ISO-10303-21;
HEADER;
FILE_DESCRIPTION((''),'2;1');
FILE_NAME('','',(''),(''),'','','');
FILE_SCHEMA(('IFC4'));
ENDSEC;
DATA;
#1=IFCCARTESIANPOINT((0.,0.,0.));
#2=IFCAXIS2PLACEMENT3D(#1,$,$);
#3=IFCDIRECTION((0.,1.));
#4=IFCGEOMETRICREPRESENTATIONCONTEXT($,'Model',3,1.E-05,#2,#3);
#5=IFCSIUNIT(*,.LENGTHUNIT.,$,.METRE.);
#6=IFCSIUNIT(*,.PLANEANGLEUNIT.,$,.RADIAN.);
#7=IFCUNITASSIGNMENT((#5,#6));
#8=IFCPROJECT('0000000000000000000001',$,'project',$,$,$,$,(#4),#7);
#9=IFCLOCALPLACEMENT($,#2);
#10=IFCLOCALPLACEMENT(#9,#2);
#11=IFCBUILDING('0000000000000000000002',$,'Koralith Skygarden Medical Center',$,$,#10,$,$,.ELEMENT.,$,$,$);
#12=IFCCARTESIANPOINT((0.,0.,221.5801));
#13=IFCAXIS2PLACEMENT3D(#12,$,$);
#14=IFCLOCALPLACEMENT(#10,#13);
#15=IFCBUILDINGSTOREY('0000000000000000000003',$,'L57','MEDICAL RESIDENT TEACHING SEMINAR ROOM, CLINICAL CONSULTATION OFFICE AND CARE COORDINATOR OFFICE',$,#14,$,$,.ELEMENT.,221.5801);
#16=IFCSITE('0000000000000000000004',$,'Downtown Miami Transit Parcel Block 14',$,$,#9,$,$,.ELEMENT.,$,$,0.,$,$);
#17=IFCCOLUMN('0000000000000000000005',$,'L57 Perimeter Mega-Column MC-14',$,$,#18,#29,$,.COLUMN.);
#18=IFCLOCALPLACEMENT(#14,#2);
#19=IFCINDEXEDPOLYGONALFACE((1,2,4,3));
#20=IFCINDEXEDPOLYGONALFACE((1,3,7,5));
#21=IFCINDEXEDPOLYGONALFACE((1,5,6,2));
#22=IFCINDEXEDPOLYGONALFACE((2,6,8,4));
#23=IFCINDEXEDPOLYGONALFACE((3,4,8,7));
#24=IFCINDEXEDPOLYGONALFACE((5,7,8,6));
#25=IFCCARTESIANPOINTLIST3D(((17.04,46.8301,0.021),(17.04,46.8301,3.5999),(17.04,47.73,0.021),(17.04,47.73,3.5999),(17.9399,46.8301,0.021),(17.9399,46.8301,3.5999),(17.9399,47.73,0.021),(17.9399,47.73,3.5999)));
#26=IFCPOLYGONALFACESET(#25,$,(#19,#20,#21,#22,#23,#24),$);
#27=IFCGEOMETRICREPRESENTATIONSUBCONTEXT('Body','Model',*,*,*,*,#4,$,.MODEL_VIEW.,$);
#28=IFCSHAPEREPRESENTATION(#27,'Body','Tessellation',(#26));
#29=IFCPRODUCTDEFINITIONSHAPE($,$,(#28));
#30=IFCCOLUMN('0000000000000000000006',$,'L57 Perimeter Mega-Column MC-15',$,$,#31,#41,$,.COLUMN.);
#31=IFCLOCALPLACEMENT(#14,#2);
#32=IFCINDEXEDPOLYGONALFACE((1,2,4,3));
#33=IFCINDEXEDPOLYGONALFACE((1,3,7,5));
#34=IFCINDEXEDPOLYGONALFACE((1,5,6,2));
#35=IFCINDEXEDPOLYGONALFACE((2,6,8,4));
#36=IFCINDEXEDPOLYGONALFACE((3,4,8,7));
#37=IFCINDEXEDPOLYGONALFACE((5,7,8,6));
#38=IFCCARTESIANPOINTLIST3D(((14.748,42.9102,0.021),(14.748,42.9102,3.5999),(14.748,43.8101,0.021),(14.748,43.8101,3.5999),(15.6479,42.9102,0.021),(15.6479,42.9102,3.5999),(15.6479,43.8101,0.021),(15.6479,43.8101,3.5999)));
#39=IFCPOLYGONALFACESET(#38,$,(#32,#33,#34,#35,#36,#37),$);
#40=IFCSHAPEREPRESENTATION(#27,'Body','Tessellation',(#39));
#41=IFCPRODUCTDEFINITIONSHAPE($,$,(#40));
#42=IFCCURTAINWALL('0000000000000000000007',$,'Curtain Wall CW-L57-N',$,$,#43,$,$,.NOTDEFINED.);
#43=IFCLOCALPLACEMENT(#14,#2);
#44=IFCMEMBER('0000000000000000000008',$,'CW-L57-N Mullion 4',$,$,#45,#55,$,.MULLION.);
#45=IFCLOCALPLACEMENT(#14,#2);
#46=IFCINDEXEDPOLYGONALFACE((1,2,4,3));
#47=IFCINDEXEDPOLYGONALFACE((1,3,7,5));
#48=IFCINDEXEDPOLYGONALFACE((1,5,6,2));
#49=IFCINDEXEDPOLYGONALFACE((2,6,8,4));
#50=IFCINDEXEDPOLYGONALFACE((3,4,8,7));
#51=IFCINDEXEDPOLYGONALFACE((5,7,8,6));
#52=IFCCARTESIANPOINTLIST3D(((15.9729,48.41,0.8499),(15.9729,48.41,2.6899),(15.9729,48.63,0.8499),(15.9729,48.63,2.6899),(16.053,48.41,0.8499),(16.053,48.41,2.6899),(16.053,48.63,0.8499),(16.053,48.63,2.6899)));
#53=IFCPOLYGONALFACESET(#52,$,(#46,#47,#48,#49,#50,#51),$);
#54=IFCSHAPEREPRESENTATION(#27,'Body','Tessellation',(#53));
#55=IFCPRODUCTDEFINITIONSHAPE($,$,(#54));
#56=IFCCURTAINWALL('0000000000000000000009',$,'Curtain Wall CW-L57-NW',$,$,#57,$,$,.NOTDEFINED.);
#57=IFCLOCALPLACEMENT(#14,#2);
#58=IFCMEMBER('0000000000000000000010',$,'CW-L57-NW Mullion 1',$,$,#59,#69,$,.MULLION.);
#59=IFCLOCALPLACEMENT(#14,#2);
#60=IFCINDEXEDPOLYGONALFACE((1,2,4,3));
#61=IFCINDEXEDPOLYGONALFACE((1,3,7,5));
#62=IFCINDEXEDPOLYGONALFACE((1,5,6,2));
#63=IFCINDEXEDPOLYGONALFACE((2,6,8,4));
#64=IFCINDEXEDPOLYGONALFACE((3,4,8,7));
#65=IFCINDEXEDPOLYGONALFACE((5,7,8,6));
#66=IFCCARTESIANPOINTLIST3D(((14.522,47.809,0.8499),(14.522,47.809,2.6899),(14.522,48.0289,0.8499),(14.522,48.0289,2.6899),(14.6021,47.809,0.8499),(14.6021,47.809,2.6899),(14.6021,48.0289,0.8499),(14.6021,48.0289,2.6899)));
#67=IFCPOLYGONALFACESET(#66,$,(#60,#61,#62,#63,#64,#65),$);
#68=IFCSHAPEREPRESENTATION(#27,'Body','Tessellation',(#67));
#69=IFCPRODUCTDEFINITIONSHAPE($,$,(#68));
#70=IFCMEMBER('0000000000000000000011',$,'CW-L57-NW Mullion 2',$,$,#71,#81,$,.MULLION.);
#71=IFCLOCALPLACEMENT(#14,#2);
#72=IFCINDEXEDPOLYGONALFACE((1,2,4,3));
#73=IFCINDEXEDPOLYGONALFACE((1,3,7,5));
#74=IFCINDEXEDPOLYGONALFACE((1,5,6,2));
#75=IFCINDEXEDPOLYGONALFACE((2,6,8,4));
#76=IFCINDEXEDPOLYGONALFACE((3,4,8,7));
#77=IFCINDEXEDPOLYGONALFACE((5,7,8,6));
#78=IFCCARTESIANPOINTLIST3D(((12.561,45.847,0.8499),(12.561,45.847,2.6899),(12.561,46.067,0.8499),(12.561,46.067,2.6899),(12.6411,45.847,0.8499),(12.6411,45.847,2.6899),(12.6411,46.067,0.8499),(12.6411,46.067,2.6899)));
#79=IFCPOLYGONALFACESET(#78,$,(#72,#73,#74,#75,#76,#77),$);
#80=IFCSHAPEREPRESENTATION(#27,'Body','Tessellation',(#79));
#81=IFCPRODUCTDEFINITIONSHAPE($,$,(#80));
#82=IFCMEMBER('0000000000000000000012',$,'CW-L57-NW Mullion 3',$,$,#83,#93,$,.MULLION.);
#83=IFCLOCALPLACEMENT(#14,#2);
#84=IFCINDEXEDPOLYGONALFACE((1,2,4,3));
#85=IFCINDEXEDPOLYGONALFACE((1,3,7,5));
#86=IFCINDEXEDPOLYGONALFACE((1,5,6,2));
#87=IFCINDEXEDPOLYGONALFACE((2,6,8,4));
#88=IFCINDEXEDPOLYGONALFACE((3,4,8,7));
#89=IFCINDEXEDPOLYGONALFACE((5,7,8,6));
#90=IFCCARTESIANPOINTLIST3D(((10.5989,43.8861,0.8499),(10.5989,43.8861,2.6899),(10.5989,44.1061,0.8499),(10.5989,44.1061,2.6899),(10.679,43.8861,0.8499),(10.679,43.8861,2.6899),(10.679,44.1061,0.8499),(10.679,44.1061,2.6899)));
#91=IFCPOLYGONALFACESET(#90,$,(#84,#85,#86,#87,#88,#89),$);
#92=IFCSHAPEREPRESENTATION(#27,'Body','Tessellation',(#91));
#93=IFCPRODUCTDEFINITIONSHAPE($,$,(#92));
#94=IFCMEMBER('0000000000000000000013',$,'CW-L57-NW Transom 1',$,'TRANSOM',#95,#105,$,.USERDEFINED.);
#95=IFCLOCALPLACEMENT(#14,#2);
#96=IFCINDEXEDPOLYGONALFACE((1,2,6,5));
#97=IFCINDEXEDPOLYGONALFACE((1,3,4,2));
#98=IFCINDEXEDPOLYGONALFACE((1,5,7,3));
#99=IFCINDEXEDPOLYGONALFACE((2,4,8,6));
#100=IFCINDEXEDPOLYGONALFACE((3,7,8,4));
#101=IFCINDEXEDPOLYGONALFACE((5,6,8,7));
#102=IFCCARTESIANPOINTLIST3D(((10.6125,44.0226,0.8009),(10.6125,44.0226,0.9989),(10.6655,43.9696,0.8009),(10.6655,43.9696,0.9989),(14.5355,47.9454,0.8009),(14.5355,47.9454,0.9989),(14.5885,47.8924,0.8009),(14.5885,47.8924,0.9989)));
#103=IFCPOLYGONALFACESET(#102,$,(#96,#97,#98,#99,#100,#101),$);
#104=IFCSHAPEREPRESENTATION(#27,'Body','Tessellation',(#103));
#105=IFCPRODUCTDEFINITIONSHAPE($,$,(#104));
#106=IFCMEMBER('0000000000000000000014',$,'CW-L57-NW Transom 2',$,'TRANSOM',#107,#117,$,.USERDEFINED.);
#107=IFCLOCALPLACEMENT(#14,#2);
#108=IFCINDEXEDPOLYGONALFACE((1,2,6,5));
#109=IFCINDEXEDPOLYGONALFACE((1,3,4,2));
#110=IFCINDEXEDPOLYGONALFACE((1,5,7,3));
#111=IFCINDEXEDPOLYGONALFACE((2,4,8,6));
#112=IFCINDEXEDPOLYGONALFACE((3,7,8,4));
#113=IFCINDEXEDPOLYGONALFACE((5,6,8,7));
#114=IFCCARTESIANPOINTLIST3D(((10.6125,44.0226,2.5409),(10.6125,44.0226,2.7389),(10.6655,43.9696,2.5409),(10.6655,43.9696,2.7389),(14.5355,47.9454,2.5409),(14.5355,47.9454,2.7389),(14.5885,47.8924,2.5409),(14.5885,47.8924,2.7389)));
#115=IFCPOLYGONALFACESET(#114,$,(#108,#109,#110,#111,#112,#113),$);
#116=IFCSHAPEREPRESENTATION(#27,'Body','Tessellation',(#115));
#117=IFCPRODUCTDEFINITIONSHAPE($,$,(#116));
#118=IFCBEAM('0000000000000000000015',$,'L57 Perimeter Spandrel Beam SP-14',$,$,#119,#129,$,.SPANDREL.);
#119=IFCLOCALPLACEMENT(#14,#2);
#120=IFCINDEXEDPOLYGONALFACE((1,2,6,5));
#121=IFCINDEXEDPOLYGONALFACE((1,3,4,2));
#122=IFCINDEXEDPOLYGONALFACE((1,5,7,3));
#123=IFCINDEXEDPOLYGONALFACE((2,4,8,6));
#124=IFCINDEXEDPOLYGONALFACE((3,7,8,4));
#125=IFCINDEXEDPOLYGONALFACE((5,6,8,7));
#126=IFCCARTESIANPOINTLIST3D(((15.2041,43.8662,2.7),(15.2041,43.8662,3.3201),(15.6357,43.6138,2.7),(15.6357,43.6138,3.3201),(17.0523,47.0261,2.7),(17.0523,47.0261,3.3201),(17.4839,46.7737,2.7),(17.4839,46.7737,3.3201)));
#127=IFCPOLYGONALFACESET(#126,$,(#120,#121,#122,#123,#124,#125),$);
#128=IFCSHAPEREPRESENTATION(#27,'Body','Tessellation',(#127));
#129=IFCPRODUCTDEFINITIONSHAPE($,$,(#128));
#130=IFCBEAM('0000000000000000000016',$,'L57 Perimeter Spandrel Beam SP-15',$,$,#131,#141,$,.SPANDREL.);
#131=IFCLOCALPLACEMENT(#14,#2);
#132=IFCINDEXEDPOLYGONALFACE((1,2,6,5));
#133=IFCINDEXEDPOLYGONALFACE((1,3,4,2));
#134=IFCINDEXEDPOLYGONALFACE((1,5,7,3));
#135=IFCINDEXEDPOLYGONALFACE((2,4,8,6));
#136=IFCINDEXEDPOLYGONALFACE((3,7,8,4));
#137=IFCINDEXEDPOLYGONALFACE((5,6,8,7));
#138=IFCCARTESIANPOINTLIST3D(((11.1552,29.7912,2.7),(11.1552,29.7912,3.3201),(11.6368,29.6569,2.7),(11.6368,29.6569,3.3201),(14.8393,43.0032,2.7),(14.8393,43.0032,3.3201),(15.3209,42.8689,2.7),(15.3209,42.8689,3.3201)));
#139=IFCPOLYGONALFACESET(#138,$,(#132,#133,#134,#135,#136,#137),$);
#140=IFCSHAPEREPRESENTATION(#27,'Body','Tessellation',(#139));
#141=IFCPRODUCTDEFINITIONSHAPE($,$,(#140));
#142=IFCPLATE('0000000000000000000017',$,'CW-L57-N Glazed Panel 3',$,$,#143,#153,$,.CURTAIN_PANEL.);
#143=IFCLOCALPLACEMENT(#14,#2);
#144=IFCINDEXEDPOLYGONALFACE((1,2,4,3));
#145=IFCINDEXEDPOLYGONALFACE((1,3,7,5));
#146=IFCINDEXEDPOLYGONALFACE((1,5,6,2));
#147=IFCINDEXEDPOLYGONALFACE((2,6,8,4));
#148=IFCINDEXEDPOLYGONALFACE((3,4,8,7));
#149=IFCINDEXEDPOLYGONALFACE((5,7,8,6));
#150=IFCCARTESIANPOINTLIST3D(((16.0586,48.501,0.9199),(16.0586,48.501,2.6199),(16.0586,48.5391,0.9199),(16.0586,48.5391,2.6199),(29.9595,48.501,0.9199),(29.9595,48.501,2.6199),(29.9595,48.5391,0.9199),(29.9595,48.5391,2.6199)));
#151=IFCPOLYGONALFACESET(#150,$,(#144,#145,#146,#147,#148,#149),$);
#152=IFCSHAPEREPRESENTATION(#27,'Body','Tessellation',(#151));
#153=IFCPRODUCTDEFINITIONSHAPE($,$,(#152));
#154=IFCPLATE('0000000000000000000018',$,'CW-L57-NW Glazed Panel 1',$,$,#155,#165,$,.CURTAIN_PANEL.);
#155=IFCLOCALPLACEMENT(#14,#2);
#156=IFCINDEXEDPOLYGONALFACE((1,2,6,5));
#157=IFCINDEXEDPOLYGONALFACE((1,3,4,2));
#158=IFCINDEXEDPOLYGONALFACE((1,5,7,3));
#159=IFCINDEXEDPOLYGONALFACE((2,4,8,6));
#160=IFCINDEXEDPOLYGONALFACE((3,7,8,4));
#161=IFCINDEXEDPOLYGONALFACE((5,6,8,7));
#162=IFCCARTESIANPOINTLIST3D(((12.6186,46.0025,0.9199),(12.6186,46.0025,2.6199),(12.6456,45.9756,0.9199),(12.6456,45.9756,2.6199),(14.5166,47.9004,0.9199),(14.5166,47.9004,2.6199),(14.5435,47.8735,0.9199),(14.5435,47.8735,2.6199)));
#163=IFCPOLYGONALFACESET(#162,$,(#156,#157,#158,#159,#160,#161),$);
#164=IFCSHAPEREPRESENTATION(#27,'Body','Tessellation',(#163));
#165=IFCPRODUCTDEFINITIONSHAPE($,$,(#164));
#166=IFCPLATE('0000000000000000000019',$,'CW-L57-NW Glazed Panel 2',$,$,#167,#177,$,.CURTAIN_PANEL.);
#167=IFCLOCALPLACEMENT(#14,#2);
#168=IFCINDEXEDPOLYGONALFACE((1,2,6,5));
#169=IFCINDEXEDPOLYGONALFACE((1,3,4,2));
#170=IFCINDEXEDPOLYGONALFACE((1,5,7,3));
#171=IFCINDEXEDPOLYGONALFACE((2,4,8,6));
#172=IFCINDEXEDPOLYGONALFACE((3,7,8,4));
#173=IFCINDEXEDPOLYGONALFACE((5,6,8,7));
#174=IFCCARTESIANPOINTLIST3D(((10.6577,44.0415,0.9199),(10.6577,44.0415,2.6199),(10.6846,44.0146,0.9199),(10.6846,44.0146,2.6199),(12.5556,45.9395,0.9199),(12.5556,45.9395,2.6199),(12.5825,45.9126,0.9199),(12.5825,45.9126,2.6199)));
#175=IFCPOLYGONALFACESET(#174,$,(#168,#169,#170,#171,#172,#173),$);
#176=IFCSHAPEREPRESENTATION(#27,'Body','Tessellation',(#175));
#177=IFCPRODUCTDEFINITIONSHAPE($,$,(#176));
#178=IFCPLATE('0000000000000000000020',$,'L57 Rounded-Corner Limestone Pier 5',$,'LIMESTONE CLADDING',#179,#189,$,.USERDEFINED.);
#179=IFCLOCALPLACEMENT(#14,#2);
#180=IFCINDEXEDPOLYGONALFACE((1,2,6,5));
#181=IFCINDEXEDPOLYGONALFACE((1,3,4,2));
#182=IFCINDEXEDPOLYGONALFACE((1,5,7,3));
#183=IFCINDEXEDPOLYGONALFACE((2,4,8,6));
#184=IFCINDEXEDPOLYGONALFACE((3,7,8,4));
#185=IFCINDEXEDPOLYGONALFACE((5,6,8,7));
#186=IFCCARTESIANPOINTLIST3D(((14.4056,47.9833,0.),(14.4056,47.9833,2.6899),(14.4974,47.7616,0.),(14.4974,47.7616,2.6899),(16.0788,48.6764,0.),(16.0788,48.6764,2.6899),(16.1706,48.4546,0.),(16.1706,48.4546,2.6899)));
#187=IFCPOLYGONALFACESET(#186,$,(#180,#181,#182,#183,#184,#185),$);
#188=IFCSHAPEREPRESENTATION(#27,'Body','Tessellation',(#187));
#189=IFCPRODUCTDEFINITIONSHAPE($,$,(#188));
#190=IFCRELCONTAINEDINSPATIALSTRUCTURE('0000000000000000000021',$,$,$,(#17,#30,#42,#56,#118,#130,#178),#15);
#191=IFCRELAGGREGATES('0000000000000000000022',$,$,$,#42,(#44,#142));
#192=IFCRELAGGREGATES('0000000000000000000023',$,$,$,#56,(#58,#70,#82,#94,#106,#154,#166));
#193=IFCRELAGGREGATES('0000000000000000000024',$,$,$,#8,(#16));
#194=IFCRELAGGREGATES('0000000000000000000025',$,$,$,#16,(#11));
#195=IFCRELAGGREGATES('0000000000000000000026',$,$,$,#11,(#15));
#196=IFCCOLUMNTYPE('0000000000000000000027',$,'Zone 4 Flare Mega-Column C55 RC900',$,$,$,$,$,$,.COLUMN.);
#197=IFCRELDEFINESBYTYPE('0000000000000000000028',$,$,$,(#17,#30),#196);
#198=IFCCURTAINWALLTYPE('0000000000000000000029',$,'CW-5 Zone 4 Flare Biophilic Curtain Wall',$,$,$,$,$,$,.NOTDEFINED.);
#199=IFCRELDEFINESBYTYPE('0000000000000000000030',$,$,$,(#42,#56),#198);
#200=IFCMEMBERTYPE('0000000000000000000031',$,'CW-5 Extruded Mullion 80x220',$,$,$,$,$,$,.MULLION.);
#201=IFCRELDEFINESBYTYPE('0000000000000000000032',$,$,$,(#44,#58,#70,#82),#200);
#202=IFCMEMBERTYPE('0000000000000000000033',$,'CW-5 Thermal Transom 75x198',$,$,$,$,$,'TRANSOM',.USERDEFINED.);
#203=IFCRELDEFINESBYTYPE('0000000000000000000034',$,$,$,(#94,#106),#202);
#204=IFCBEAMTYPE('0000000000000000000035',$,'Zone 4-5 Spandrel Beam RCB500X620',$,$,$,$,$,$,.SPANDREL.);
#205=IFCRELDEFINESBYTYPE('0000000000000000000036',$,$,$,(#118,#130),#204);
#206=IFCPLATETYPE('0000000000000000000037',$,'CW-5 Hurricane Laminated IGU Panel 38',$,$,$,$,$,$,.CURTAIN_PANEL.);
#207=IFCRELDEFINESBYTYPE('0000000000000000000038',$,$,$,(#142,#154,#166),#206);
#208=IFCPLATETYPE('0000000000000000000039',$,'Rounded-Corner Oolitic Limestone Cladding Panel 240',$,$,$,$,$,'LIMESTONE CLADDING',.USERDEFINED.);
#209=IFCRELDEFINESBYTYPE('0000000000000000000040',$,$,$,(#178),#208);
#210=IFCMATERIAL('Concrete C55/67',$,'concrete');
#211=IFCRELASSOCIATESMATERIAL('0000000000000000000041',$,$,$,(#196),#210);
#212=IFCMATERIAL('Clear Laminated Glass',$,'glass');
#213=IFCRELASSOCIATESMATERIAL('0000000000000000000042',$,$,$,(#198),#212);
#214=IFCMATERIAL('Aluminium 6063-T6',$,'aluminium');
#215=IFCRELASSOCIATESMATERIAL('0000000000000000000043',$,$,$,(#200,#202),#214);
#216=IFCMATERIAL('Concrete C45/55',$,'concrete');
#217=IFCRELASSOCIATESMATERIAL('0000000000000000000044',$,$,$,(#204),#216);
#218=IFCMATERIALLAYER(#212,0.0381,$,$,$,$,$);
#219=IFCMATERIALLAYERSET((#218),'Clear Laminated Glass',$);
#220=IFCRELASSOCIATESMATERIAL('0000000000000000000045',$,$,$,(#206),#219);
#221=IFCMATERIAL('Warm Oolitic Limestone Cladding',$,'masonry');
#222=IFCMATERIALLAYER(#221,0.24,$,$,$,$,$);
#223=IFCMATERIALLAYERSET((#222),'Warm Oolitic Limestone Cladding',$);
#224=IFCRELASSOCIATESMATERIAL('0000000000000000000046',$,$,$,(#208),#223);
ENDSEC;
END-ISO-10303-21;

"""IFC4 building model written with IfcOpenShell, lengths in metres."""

from ifc_helpers import new_model, si_unit, direction, frame, origin, origin_2d, place, context, subcontext, project, spatial, rectangle, extrude, material, layer, layer_set, material_profile, profile_set, type_object, element, aggregate, save


model = new_model("IFC4")

# Units and contexts
model_context = context("Model", 3, precision=1e-05, world=origin(), true_north=direction((0.0, 1.0)))
body_context = subcontext(model_context, "Body", "Model", "MODEL_VIEW")
ifc_project = project(units=[si_unit("LENGTHUNIT", "METRE"), si_unit("PLANEANGLEUNIT", "RADIAN")], contexts=[model_context])

# Site, building, storey
site_placement = place(None, origin())
site = spatial("IfcSite", under=ifc_project, at=site_placement, Name="Downtown Miami Transit Parcel Block 14", CompositionType="ELEMENT", RefElevation=0.0)
building_placement = place(site_placement, origin())
building = spatial("IfcBuilding", under=site, at=building_placement, Name="Koralith Skygarden Medical Center", CompositionType="ELEMENT")
storey_placement = place(building_placement, frame((0.0, 0.0, 221.5801)))
storey = spatial("IfcBuildingStorey", under=building, at=storey_placement, Name="L57", Description="MEDICAL RESIDENT TEACHING SEMINAR ROOM, CLINICAL CONSULTATION OFFICE AND CARE COORDINATOR OFFICE", CompositionType="ELEMENT", Elevation=221.5801)

# Columns
ifc_material_1 = material(Name="Concrete C55/67", Category="concrete")
ifc_material_profile_1 = material_profile(ifc_material_1, rectangle(XDim=0.8999, YDim=0.8999, at=origin_2d()), Name="RC900X900")
ifc_profile_set_1 = profile_set([ifc_material_profile_1], Name="Concrete C55/67")
column_type = type_object("IfcColumnType", Name="Zone 4 Flare Mega-Column C55 RC900", PredefinedType="COLUMN", material=ifc_profile_set_1)
for number, where, z_axis, x_axis, name in (
    (1, (17.49, 47.28, 0.021), (0.0, 0.0, 1.0), (1.0, 0.0, 0.0), "L57 Perimeter Mega-Column MC-14"),
    (2, (15.198, 43.3601, 0.021), (0.0, 0.0, 1.0), (1.0, 0.0, 0.0), "L57 Perimeter Mega-Column MC-15"),
):
    element("IfcColumn", number, at=place(storey_placement, frame(where, z_axis=z_axis, x_axis=x_axis)), inside=storey, type_object=column_type, Name=name, PredefinedType="COLUMN", context=body_context, shape_type="SweptSolid", body=[
        extrude(rectangle(XDim=0.8999, YDim=0.8999, at=origin_2d()), origin(), (0.0, 0.0, 1.0), 3.5789),
    ])

# Curtain wall, member
ifc_material_2 = material(Name="Clear Laminated Glass", Category="glass")
curtain_wall_type = type_object("IfcCurtainWallType", Name="CW-5 Zone 4 Flare Biophilic Curtain Wall", PredefinedType="NOTDEFINED", material=ifc_material_2)
curtain_wall_1_placement = place(storey_placement, origin())
curtain_wall_1 = element("IfcCurtainWall", 3, at=curtain_wall_1_placement, inside=storey, type_object=curtain_wall_type, Name="Curtain Wall CW-L57-N", PredefinedType="NOTDEFINED")
ifc_material_3 = material(Name="Aluminium 6063-T6", Category="aluminium")
ifc_material_profile_2 = material_profile(ifc_material_3, rectangle(XDim=0.0801, YDim=0.22, at=origin_2d()), Name="MUL80X220")
ifc_profile_set_2 = profile_set([ifc_material_profile_2], Name="Aluminium 6063-T6")
member_type_1 = type_object("IfcMemberType", Name="CW-5 Extruded Mullion 80x220", PredefinedType="MULLION", material=ifc_profile_set_2)
member_1_placement = place(storey_placement, frame((16.0129, 48.52, 0.8499), z_axis=(0.0, 0.0, 1.0), x_axis=(1.0, 0.0, 0.0)))
member_1 = element("IfcMember", 4, at=member_1_placement, type_object=member_type_1, Name="CW-L57-N Mullion 4", PredefinedType="MULLION", context=body_context, shape_type="SweptSolid", body=[
    extrude(rectangle(XDim=0.0801, YDim=0.22, at=origin_2d()), origin(), (0.0, 0.0, 1.0), 1.8401),
])

# Curtain wall, members
curtain_wall_2_placement = place(storey_placement, origin())
curtain_wall_2 = element("IfcCurtainWall", 5, at=curtain_wall_2_placement, inside=storey, type_object=curtain_wall_type, Name="Curtain Wall CW-L57-NW", PredefinedType="NOTDEFINED")
member_2_placement = place(storey_placement, frame((14.562, 47.9189, 0.8499), z_axis=(0.0, 0.0, 1.0), x_axis=(1.0, 0.0, 0.0)))
member_2 = element("IfcMember", 6, at=member_2_placement, type_object=member_type_1, Name="CW-L57-NW Mullion 1", PredefinedType="MULLION", context=body_context, shape_type="SweptSolid", body=[
    extrude(rectangle(XDim=0.0801, YDim=0.22, at=origin_2d()), origin(), (0.0, 0.0, 1.0), 1.8401),
])
member_3_placement = place(storey_placement, frame((12.6011, 45.957, 0.8499), z_axis=(0.0, 0.0, 1.0), x_axis=(1.0, 0.0, 0.0)))
member_3 = element("IfcMember", 7, at=member_3_placement, type_object=member_type_1, Name="CW-L57-NW Mullion 2", PredefinedType="MULLION", context=body_context, shape_type="SweptSolid", body=[
    extrude(rectangle(XDim=0.0801, YDim=0.22, at=origin_2d()), origin(), (0.0, 0.0, 1.0), 1.8401),
])
member_4_placement = place(storey_placement, frame((10.6389, 43.9961, 0.8499), z_axis=(0.0, 0.0, 1.0), x_axis=(1.0, 0.0, 0.0)))
member_4 = element("IfcMember", 8, at=member_4_placement, type_object=member_type_1, Name="CW-L57-NW Mullion 3", PredefinedType="MULLION", context=body_context, shape_type="SweptSolid", body=[
    extrude(rectangle(XDim=0.0801, YDim=0.22, at=origin_2d()), origin(), (0.0, 0.0, 1.0), 1.8401),
])
ifc_material_profile_3 = material_profile(ifc_material_3, rectangle(XDim=0.075, YDim=0.198, at=origin_2d()), Name="TRN75X198")
ifc_profile_set_3 = profile_set([ifc_material_profile_3], Name="Aluminium 6063-T6")
member_type_2 = type_object("IfcMemberType", Name="CW-5 Thermal Transom 75x198", ElementType="TRANSOM", PredefinedType="USERDEFINED", material=ifc_profile_set_3)
member_5_placement = place(storey_placement, frame((14.562, 47.9189, 0.8999), z_axis=(-0.707129, -0.707085, 0.0), x_axis=(0.707085, -0.707129, 0.0)))
member_5 = element("IfcMember", 9, at=member_5_placement, type_object=member_type_2, Name="CW-L57-NW Transom 1", ObjectType="TRANSOM", PredefinedType="USERDEFINED", context=body_context, shape_type="SweptSolid", body=[
    extrude(rectangle(XDim=0.075, YDim=0.198, at=origin_2d()), origin(), (0.0, 0.0, 1.0), 5.5479),
])
member_6_placement = place(storey_placement, frame((14.562, 47.9189, 2.6399), z_axis=(-0.707129, -0.707085, 0.0), x_axis=(0.707085, -0.707129, 0.0)))
member_6 = element("IfcMember", 10, at=member_6_placement, type_object=member_type_2, Name="CW-L57-NW Transom 2", ObjectType="TRANSOM", PredefinedType="USERDEFINED", context=body_context, shape_type="SweptSolid", body=[
    extrude(rectangle(XDim=0.075, YDim=0.198, at=origin_2d()), origin(), (0.0, 0.0, 1.0), 5.5479),
])

# Beams
ifc_material_4 = material(Name="Concrete C45/55", Category="concrete")
ifc_material_profile_4 = material_profile(ifc_material_4, rectangle(XDim=0.5, YDim=0.6201, at=origin_2d()), Name="RCB500X620")
ifc_profile_set_4 = profile_set([ifc_material_profile_4], Name="Concrete C45/55")
beam_type = type_object("IfcBeamType", Name="Zone 4-5 Spandrel Beam RCB500X620", PredefinedType="SPANDREL", material=ifc_profile_set_4)
beam_1_placement = place(storey_placement, frame((17.2681, 46.8999, 3.01), z_axis=(-0.504862, -0.8632, 0.0), x_axis=(0.8632, -0.504862, 0.0)))
element("IfcBeam", 11, at=beam_1_placement, inside=storey, type_object=beam_type, Name="L57 Perimeter Spandrel Beam SP-14", PredefinedType="SPANDREL", context=body_context, shape_type="SweptSolid", body=[
    extrude(rectangle(XDim=0.5, YDim=0.6201, at=origin_2d()), origin(), (0.0, 0.0, 1.0), 3.6606),
])
beam_2_placement = place(storey_placement, frame((15.0801, 42.936, 3.01), z_axis=(-0.268598, -0.963252, 0.0), x_axis=(0.963252, -0.268598, 0.0)))
element("IfcBeam", 12, at=beam_2_placement, inside=storey, type_object=beam_type, Name="L57 Perimeter Spandrel Beam SP-15", PredefinedType="SPANDREL", context=body_context, shape_type="SweptSolid", body=[
    extrude(rectangle(XDim=0.5, YDim=0.6201, at=origin_2d()), origin(), (0.0, 0.0, 1.0), 13.7161),
])

# Plates
ifc_layer_1 = layer(ifc_material_2, 0.0381)
ifc_layer_set_1 = layer_set([ifc_layer_1], Name="Clear Laminated Glass")
plate_type_1 = type_object("IfcPlateType", Name="CW-5 Hurricane Laminated IGU Panel 38", PredefinedType="CURTAIN_PANEL", material=ifc_layer_set_1)
plate_1_placement = place(storey_placement, frame((23.009, 48.52, 0.9199), z_axis=(0.0, 0.0, 1.0), x_axis=(-1.0, 0.0, 0.0)))
plate_1 = element("IfcPlate", 13, at=plate_1_placement, type_object=plate_type_1, Name="CW-L57-N Glazed Panel 3", PredefinedType="CURTAIN_PANEL", context=body_context, shape_type="SweptSolid", body=[
    extrude(rectangle(XDim=13.9009, YDim=0.0381, at=origin_2d()), origin(), (0.0, 0.0, 1.0), 1.7),
])
aggregate(curtain_wall_1, [member_1, plate_1])
plate_2_placement = place(storey_placement, frame((13.5811, 46.938, 0.9199), z_axis=(0.0, 0.0, 1.0), x_axis=(-0.707107, -0.707107, 0.0)))
plate_2 = element("IfcPlate", 14, at=plate_2_placement, type_object=plate_type_1, Name="CW-L57-NW Glazed Panel 1", PredefinedType="CURTAIN_PANEL", context=body_context, shape_type="SweptSolid", body=[
    extrude(rectangle(XDim=2.6841, YDim=0.0381, at=origin_2d()), origin(), (0.0, 0.0, 1.0), 1.7),
])
plate_3_placement = place(storey_placement, frame((11.6201, 44.9771, 0.9199), z_axis=(0.0, 0.0, 1.0), x_axis=(-0.707107, -0.707107, 0.0)))
plate_3 = element("IfcPlate", 15, at=plate_3_placement, type_object=plate_type_1, Name="CW-L57-NW Glazed Panel 2", PredefinedType="CURTAIN_PANEL", context=body_context, shape_type="SweptSolid", body=[
    extrude(rectangle(XDim=2.6841, YDim=0.0381, at=origin_2d()), origin(), (0.0, 0.0, 1.0), 1.7),
])
aggregate(curtain_wall_2, [member_2, member_3, member_4, member_5, member_6, plate_2, plate_3])

# Plate
ifc_material_5 = material(Name="Warm Oolitic Limestone Cladding", Category="masonry")
ifc_layer_2 = layer(ifc_material_5, 0.24)
ifc_layer_set_2 = layer_set([ifc_layer_2], Name="Warm Oolitic Limestone Cladding")
plate_type_2 = type_object("IfcPlateType", Name="Rounded-Corner Oolitic Limestone Cladding Panel 240", ElementType="LIMESTONE CLADDING", PredefinedType="USERDEFINED", material=ifc_layer_set_2)
for number, where, z_axis, x_axis, name in (
    (16, (15.2881, 48.219, 0.0), (0.0, 0.0, 1.0), (-0.923885, -0.382671, 0.0), "L57 Rounded-Corner Limestone Pier 5"),
):
    element("IfcPlate", number, at=place(storey_placement, frame(where, z_axis=z_axis, x_axis=x_axis)), inside=storey, type_object=plate_type_2, Name=name, ObjectType="LIMESTONE CLADDING", PredefinedType="USERDEFINED", context=body_context, shape_type="SweptSolid", body=[
        extrude(rectangle(XDim=1.811, YDim=0.24, at=origin_2d()), origin(), (0.0, 0.0, 1.0), 2.6899),
    ])

save(model, "model.ifc")
